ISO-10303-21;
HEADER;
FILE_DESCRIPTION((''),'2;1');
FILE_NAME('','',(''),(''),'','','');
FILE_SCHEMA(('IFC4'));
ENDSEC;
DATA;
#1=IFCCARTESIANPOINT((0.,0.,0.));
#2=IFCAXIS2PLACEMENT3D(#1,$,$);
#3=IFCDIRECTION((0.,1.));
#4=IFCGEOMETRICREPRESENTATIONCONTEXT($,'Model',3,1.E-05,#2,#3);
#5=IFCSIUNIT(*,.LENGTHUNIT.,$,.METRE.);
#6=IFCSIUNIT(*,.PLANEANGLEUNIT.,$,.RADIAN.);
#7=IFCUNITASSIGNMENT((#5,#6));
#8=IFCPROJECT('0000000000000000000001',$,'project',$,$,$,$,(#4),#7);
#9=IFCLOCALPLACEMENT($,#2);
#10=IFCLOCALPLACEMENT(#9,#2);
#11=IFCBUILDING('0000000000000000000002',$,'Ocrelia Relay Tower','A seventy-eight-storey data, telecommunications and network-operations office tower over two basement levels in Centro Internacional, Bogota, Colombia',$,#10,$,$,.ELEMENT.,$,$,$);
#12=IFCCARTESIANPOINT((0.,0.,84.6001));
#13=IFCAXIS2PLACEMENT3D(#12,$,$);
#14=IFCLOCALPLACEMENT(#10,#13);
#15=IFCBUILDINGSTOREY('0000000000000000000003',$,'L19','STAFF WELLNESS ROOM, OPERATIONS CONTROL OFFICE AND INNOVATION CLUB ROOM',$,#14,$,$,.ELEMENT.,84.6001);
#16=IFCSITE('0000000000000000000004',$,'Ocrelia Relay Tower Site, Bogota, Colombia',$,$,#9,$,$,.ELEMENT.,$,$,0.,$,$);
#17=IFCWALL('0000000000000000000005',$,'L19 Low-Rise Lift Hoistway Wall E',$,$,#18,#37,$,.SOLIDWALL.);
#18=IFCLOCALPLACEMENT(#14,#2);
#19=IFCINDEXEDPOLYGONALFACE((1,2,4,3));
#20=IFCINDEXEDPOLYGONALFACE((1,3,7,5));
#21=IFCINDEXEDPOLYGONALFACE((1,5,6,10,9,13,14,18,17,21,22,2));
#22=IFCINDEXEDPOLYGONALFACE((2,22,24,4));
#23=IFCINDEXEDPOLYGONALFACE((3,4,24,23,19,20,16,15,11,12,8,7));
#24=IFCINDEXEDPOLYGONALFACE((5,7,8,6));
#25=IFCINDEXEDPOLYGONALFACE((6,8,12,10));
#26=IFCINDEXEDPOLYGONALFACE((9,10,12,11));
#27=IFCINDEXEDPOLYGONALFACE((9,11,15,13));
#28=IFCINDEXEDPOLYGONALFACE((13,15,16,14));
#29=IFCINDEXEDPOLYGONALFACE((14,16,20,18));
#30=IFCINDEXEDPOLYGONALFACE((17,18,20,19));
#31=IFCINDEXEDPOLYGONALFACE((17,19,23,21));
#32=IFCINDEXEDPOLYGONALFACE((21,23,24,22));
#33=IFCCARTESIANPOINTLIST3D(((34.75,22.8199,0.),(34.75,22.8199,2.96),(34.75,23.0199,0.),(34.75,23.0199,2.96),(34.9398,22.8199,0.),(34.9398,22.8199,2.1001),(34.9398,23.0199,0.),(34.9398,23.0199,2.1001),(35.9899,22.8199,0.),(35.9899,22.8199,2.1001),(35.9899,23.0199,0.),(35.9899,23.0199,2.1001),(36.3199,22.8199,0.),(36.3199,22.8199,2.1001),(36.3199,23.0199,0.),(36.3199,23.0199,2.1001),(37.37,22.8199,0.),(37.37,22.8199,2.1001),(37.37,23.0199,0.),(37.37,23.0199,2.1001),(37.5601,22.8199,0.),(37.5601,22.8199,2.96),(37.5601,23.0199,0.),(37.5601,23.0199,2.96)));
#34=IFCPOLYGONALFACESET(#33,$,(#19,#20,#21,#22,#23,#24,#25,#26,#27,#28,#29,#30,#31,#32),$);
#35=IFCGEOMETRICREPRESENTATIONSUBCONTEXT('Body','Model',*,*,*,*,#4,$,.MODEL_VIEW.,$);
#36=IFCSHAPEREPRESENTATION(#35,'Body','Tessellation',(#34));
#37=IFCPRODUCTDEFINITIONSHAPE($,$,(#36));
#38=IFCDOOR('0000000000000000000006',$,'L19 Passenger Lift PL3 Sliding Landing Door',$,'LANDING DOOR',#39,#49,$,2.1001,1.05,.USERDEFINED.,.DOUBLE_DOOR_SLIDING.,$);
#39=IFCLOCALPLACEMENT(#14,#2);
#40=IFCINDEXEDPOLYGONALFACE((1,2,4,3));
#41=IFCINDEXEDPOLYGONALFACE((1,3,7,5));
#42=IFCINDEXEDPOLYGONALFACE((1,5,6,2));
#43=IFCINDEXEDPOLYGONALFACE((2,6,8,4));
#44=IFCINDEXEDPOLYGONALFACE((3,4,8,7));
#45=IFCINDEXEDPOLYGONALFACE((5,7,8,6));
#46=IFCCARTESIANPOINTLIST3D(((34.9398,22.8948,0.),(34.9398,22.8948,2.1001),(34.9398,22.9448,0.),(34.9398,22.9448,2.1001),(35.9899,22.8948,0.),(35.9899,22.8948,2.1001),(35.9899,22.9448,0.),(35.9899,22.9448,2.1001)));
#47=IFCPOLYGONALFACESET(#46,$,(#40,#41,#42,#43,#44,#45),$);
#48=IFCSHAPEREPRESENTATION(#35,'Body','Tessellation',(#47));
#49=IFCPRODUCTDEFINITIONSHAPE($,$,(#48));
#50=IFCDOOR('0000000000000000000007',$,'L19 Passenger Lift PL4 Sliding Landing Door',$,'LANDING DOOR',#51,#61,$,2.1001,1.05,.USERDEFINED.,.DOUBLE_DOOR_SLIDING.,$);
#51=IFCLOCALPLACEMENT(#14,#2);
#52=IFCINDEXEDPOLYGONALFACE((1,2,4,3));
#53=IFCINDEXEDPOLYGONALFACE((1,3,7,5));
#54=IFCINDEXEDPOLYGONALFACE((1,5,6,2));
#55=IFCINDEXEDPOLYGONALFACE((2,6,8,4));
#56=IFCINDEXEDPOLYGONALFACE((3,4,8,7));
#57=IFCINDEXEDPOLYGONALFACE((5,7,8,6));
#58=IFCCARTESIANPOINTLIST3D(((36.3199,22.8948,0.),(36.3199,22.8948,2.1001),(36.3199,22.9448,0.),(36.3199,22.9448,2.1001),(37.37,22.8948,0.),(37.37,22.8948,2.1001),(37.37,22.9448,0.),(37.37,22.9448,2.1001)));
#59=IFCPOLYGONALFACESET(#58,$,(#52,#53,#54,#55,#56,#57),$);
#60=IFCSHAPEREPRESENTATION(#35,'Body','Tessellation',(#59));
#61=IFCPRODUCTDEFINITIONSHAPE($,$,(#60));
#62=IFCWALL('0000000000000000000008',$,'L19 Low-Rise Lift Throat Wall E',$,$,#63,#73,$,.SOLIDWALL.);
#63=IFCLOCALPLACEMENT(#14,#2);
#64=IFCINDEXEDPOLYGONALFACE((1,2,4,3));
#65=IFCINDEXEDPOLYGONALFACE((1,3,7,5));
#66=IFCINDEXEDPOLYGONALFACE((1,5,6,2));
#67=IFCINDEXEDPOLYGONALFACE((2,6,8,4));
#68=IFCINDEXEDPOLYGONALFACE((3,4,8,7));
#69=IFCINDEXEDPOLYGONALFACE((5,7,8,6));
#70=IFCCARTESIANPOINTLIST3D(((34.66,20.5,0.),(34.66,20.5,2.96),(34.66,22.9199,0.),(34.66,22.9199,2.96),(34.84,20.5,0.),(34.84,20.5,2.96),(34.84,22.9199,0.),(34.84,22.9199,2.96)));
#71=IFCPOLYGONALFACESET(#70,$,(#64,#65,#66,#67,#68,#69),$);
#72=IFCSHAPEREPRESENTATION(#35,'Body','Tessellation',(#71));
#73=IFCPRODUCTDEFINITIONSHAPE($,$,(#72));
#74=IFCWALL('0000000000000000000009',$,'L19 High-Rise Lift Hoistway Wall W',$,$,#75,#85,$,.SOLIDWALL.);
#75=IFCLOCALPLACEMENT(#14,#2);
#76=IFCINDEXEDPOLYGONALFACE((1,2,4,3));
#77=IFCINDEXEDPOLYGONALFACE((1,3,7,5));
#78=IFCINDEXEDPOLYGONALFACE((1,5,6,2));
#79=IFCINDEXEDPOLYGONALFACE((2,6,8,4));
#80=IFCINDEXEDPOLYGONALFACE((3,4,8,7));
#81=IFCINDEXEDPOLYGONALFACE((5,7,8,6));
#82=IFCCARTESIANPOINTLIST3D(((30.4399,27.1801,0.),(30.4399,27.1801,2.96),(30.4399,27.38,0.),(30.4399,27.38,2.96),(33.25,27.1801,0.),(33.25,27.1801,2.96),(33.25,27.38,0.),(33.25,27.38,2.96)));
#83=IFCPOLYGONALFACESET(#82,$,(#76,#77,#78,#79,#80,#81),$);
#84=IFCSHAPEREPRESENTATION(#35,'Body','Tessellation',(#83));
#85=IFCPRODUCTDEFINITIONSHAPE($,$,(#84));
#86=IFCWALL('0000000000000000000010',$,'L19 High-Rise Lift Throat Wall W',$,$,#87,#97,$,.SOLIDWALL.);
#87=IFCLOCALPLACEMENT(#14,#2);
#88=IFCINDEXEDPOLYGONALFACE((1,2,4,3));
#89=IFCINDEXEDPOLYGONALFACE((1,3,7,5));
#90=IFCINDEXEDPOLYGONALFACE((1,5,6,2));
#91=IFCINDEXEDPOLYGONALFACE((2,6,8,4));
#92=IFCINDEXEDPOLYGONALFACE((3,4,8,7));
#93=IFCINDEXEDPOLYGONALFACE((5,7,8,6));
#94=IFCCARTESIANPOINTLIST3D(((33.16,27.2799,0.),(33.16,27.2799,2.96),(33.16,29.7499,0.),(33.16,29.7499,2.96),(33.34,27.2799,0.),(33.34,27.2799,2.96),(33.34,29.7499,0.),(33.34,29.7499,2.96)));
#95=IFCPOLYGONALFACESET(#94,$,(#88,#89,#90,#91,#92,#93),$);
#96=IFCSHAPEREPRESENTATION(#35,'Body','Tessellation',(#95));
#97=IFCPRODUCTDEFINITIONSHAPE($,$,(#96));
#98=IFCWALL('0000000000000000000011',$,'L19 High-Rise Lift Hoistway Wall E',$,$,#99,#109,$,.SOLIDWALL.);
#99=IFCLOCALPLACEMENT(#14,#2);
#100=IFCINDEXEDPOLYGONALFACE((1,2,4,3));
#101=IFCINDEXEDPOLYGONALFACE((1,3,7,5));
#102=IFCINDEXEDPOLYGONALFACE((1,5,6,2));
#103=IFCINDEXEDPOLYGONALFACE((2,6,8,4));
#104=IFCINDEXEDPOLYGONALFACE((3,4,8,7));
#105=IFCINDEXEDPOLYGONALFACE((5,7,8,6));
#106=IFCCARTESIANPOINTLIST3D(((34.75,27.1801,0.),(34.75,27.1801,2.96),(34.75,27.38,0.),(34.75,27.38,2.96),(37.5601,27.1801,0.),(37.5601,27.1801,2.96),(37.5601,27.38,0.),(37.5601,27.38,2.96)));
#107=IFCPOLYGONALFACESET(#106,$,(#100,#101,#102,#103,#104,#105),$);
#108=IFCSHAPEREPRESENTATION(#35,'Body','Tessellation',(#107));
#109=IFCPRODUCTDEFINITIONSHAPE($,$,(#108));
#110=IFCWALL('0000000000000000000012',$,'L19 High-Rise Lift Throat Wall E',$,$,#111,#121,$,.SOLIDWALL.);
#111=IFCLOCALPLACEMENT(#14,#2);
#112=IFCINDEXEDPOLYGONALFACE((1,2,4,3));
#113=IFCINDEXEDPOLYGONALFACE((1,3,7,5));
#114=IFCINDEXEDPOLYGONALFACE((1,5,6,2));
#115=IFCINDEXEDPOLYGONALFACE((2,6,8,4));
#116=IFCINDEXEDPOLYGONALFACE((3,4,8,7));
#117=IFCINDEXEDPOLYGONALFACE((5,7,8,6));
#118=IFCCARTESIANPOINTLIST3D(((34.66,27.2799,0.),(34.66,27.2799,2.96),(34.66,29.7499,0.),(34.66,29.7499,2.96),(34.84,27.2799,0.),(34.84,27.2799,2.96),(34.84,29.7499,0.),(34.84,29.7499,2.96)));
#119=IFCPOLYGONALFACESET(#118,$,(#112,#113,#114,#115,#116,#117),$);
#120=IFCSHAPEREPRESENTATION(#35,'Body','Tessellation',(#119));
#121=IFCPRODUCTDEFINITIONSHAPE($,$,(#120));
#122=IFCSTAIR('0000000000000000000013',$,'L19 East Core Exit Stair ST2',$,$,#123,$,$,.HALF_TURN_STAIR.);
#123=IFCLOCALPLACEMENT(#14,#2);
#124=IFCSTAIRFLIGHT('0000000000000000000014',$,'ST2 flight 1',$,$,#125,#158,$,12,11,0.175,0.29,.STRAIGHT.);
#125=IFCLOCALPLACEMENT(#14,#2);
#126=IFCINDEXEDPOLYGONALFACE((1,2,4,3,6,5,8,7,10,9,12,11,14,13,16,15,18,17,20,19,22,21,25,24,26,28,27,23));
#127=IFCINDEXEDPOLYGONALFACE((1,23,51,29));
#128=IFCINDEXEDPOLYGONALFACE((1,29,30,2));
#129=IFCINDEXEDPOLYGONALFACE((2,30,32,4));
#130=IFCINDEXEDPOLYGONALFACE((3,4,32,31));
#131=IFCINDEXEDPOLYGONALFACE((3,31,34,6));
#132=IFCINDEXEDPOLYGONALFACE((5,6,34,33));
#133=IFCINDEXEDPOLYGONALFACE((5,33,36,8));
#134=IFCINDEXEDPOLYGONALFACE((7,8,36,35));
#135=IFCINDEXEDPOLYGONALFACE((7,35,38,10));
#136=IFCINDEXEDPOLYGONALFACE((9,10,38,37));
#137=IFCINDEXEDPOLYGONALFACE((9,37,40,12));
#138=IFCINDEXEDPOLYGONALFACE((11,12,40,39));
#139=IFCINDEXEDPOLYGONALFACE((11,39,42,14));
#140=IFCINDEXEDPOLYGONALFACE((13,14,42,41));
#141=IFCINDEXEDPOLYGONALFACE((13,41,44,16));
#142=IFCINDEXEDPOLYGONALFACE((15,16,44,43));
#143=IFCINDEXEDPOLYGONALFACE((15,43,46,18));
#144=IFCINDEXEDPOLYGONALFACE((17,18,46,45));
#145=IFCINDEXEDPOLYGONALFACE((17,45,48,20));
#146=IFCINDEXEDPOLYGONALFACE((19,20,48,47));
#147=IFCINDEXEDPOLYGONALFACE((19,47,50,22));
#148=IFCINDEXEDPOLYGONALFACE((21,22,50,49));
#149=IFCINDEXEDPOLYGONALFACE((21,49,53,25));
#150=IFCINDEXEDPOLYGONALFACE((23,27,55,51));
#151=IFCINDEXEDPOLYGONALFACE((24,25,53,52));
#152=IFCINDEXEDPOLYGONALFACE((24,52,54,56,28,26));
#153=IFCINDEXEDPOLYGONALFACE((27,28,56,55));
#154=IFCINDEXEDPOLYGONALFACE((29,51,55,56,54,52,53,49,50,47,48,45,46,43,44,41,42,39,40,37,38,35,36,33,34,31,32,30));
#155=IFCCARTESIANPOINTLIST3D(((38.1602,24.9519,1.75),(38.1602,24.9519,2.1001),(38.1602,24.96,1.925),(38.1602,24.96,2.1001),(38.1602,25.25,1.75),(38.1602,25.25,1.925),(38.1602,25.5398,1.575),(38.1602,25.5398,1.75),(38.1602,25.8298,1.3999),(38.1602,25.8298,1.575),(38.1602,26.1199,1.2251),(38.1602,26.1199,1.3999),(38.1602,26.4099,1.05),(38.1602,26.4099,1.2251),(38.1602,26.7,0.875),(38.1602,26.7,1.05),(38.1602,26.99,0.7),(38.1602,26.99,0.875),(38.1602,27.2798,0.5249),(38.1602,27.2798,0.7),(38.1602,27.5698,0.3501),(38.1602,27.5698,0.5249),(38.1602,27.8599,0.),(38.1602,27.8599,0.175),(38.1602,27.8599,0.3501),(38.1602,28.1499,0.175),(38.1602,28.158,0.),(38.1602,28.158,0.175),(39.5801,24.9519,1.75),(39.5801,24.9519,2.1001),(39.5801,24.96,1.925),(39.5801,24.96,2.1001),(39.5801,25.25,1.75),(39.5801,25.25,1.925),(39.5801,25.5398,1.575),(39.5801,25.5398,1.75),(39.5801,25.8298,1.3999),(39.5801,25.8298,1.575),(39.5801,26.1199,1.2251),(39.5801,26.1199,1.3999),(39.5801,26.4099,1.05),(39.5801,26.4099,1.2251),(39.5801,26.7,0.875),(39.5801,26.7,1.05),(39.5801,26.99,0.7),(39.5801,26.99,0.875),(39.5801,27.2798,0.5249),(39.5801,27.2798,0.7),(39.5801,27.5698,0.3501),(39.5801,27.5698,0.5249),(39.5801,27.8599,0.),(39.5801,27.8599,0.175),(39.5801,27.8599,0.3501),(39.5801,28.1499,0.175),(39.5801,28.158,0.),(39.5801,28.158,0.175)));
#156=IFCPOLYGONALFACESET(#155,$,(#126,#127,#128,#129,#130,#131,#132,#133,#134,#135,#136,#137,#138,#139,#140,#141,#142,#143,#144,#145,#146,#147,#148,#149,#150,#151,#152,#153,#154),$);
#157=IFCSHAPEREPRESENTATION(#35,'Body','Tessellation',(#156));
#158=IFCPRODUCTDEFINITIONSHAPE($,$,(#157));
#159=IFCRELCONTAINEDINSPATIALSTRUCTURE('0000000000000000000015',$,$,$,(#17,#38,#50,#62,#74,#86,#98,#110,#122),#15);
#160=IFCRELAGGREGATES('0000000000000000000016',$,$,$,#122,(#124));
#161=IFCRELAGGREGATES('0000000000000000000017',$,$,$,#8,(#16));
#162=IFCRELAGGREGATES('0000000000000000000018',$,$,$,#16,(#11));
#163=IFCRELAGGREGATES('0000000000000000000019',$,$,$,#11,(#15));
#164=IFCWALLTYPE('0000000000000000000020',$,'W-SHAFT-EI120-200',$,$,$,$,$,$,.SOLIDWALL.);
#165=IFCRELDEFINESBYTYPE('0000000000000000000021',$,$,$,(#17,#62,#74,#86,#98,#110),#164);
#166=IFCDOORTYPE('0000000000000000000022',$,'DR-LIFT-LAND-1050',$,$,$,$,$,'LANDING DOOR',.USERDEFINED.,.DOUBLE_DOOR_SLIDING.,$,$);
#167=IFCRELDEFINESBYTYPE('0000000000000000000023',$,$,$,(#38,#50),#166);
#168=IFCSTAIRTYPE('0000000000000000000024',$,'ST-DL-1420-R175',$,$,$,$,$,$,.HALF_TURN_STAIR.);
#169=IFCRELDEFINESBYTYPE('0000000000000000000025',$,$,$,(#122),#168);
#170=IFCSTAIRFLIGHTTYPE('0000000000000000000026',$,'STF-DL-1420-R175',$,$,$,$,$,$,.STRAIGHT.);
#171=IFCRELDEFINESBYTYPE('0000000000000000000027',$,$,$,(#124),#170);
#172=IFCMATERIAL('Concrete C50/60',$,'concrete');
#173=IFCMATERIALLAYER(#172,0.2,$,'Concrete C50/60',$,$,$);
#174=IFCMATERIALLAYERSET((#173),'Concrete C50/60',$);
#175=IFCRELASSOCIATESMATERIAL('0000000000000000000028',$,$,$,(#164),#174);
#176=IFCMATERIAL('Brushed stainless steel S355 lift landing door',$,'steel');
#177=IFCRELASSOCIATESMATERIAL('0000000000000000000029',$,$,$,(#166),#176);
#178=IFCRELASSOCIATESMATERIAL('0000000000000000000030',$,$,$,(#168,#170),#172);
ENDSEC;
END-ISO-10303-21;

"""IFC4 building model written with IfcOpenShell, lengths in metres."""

from ifc_helpers import new_model, si_unit, direction, frame, frame_2d, origin, place, context, subcontext, project, spatial, polyline, rectangle, outline, extrude, material, layer, layer_set, type_object, element, fill, aggregate, save


model = new_model("IFC4")

# Units and contexts
model_context = context("Model", 3, precision=1e-05, world=origin(), true_north=direction((0.0, 1.0)))
body_context = subcontext(model_context, "Body", "Model", "MODEL_VIEW")
ifc_project = project(units=[si_unit("LENGTHUNIT", "METRE"), si_unit("PLANEANGLEUNIT", "RADIAN")], contexts=[model_context])

# Site, building, storey
site_placement = place(None, origin())
site = spatial("IfcSite", under=ifc_project, at=site_placement, Name="Ocrelia Relay Tower Site, Bogota, Colombia", CompositionType="ELEMENT", RefElevation=0.0)
building_placement = place(site_placement, origin())
building = spatial("IfcBuilding", under=site, at=building_placement, Name="Ocrelia Relay Tower", Description="A seventy-eight-storey data, telecommunications and network-operations office tower over two basement levels in Centro Internacional, Bogota, Colombia", CompositionType="ELEMENT")
storey_placement = place(building_placement, frame((0.0, 0.0, 84.6001)))
storey = spatial("IfcBuildingStorey", under=building, at=storey_placement, Name="L19", Description="STAFF WELLNESS ROOM, OPERATIONS CONTROL OFFICE AND INNOVATION CLUB ROOM", CompositionType="ELEMENT", Elevation=84.6001)

# Shared definitions
ifc_material_1 = material(Name="Concrete C50/60", Category="concrete")
ifc_layer_1 = layer(ifc_material_1, 0.2, Name="Concrete C50/60")
ifc_layer_set_1 = layer_set([ifc_layer_1], Name="Concrete C50/60")
wall_type_1 = type_object("IfcWallType", Name="W-SHAFT-EI120-200", PredefinedType="SOLIDWALL", material=ifc_layer_set_1)
ifc_material_2 = material(Name="Brushed stainless steel S355 lift landing door", Category="steel")
door_type = type_object("IfcDoorType", Name="DR-LIFT-LAND-1050", ElementType="LANDING DOOR", OperationType="DOUBLE_DOOR_SLIDING", PredefinedType="USERDEFINED", material=ifc_material_2)

# Wall, openings, doors
wall_1_placement = place(storey_placement, frame((34.75, 22.9199, 0.0), z_axis=(0.0, 0.0, 1.0), x_axis=(1.0, 0.0, 0.0)))
wall_1 = element("IfcWall", 1, at=wall_1_placement, inside=storey, type_object=wall_type_1, Name="L19 Low-Rise Lift Hoistway Wall E", PredefinedType="SOLIDWALL", context=body_context, shape_type="SweptSolid", body=[
    extrude(rectangle(XDim=2.8101, YDim=0.2, at=frame_2d((1.405, 0.0))), origin(), (0.0, 0.0, 1.0), 2.96),
])
opening_1_placement = place(wall_1_placement, frame((0.1899, 0.0, 0.0)))
opening_1 = element("IfcOpeningElement", 2, at=opening_1_placement, cuts=wall_1, PredefinedType="OPENING", context=body_context, shape_type="SweptSolid", body=[
    extrude(rectangle(XDim=1.05, YDim=2.1001, at=frame_2d((0.5249, 1.05))), frame((0.0, 0.1099, 0.0), z_axis=(0.0, -1.0, 0.0), x_axis=(1.0, 0.0, 0.0)), (0.0, 0.0, 1.0), 0.22),
])
opening_2_placement = place(wall_1_placement, frame((1.5701, 0.0, 0.0)))
opening_2 = element("IfcOpeningElement", 3, at=opening_2_placement, cuts=wall_1, PredefinedType="OPENING", context=body_context, shape_type="SweptSolid", body=[
    extrude(rectangle(XDim=1.05, YDim=2.1001, at=frame_2d((0.5249, 1.05))), frame((0.0, 0.1099, 0.0), z_axis=(0.0, -1.0, 0.0), x_axis=(1.0, 0.0, 0.0)), (0.0, 0.0, 1.0), 0.22),
])
door_1_placement = place(opening_1_placement, origin())
door_1 = element("IfcDoor", 4, at=door_1_placement, inside=storey, type_object=door_type, Name="L19 Passenger Lift PL3 Sliding Landing Door", ObjectType="LANDING DOOR", OperationType="DOUBLE_DOOR_SLIDING", OverallHeight=2.1001, OverallWidth=1.05, PredefinedType="USERDEFINED", context=body_context, shape_type="SweptSolid", body=[
    extrude(rectangle(XDim=1.05, YDim=2.1001, at=frame_2d((0.5249, 1.05))), frame((0.0, 0.0249, 0.0), z_axis=(0.0, -1.0, 0.0), x_axis=(1.0, 0.0, 0.0)), (0.0, 0.0, 1.0), 0.05),
])
fill(opening_1, door_1)
door_2_placement = place(opening_2_placement, origin())
door_2 = element("IfcDoor", 5, at=door_2_placement, inside=storey, type_object=door_type, Name="L19 Passenger Lift PL4 Sliding Landing Door", ObjectType="LANDING DOOR", OperationType="DOUBLE_DOOR_SLIDING", OverallHeight=2.1001, OverallWidth=1.05, PredefinedType="USERDEFINED", context=body_context, shape_type="SweptSolid", body=[
    extrude(rectangle(XDim=1.05, YDim=2.1001, at=frame_2d((0.5249, 1.05))), frame((0.0, 0.0249, 0.0), z_axis=(0.0, -1.0, 0.0), x_axis=(1.0, 0.0, 0.0)), (0.0, 0.0, 1.0), 0.05),
])
fill(opening_2, door_2)

# Walls
wall_2_placement = place(storey_placement, frame((34.75, 20.5, 0.0), z_axis=(0.0, 0.0, 1.0), x_axis=(0.0, 1.0, 0.0)))
element("IfcWall", 6, at=wall_2_placement, inside=storey, type_object=wall_type_1, Name="L19 Low-Rise Lift Throat Wall E", PredefinedType="SOLIDWALL", context=body_context, shape_type="SweptSolid", body=[
    extrude(rectangle(XDim=2.4199, YDim=0.1799, at=frame_2d((1.21, 0.0))), origin(), (0.0, 0.0, 1.0), 2.96),
])
wall_3_placement = place(storey_placement, frame((30.4399, 27.28, 0.0), z_axis=(0.0, 0.0, 1.0), x_axis=(1.0, 0.0, 0.0)))
element("IfcWall", 7, at=wall_3_placement, inside=storey, type_object=wall_type_1, Name="L19 High-Rise Lift Hoistway Wall W", PredefinedType="SOLIDWALL", context=body_context, shape_type="SweptSolid", body=[
    extrude(rectangle(XDim=2.8101, YDim=0.2, at=frame_2d((1.405, 0.0))), origin(), (0.0, 0.0, 1.0), 2.96),
])
wall_4_placement = place(storey_placement, frame((33.25, 27.28, 0.0), z_axis=(0.0, 0.0, 1.0), x_axis=(0.0, 1.0, 0.0)))
element("IfcWall", 8, at=wall_4_placement, inside=storey, type_object=wall_type_1, Name="L19 High-Rise Lift Throat Wall W", PredefinedType="SOLIDWALL", context=body_context, shape_type="SweptSolid", body=[
    extrude(rectangle(XDim=2.47, YDim=0.1799, at=frame_2d((1.2349, 0.0))), origin(), (0.0, 0.0, 1.0), 2.96),
])
wall_5_placement = place(storey_placement, frame((34.75, 27.28, 0.0), z_axis=(0.0, 0.0, 1.0), x_axis=(1.0, 0.0, 0.0)))
element("IfcWall", 9, at=wall_5_placement, inside=storey, type_object=wall_type_1, Name="L19 High-Rise Lift Hoistway Wall E", PredefinedType="SOLIDWALL", context=body_context, shape_type="SweptSolid", body=[
    extrude(rectangle(XDim=2.8101, YDim=0.2, at=frame_2d((1.405, 0.0))), origin(), (0.0, 0.0, 1.0), 2.96),
])
wall_6_placement = place(storey_placement, frame((34.75, 27.28, 0.0), z_axis=(0.0, 0.0, 1.0), x_axis=(0.0, 1.0, 0.0)))
element("IfcWall", 10, at=wall_6_placement, inside=storey, type_object=wall_type_1, Name="L19 High-Rise Lift Throat Wall E", PredefinedType="SOLIDWALL", context=body_context, shape_type="SweptSolid", body=[
    extrude(rectangle(XDim=2.47, YDim=0.1799, at=frame_2d((1.2349, 0.0))), origin(), (0.0, 0.0, 1.0), 2.96),
])

# Stair, stair flight
stair_type = type_object("IfcStairType", Name="ST-DL-1420-R175", PredefinedType="HALF_TURN_STAIR", material=ifc_material_1)
stair_placement = place(storey_placement, origin())
stair = element("IfcStair", 11, at=stair_placement, inside=storey, type_object=stair_type, Name="L19 East Core Exit Stair ST2", PredefinedType="HALF_TURN_STAIR")
stair_flight_type = type_object("IfcStairFlightType", Name="STF-DL-1420-R175", PredefinedType="STRAIGHT", material=ifc_material_1)
stair_flight_1_placement = place(storey_placement, frame((38.8701, 28.1499, 0.0), z_axis=(0.0, 0.0, 1.0), x_axis=(0.0, -1.0, 0.0)))
stair_flight_1 = element("IfcStairFlight", 12, at=stair_flight_1_placement, type_object=stair_flight_type, Name="ST2 flight 1", NumberOfRisers=12, NumberOfTreads=11, PredefinedType="STRAIGHT", RiserHeight=0.175, TreadLength=0.29, context=body_context, shape_type="SweptSolid", body=[
    extrude(outline(polyline([(-0.0081, 0.0), (-0.0081, 0.175), (0.0, 0.175), (0.29, 0.175), (0.29, 0.3501), (0.5801, 0.3501), (0.5801, 0.5249), (0.8701, 0.5249), (0.8701, 0.7), (1.1599, 0.7), (1.1599, 0.875), (1.45, 0.875), (1.45, 1.05), (1.74, 1.05), (1.74, 1.2251), (2.03, 1.2251), (2.03, 1.3999), (2.3201, 1.3999), (2.3201, 1.575), (2.6101, 1.575), (2.6101, 1.75), (2.8999, 1.75), (2.8999, 1.925), (3.1899, 1.925), (3.1899, 2.1001), (3.198, 2.1001), (3.198, 1.75), (0.29, 0.0), (-0.0081, 0.0)])), frame((0.0, 0.71, 0.0), z_axis=(0.0, -1.0, 0.0), x_axis=(1.0, 0.0, 0.0)), (0.0, 0.0, 1.0), 1.4199),
])
aggregate(stair, [stair_flight_1])

save(model, "model.ifc")
